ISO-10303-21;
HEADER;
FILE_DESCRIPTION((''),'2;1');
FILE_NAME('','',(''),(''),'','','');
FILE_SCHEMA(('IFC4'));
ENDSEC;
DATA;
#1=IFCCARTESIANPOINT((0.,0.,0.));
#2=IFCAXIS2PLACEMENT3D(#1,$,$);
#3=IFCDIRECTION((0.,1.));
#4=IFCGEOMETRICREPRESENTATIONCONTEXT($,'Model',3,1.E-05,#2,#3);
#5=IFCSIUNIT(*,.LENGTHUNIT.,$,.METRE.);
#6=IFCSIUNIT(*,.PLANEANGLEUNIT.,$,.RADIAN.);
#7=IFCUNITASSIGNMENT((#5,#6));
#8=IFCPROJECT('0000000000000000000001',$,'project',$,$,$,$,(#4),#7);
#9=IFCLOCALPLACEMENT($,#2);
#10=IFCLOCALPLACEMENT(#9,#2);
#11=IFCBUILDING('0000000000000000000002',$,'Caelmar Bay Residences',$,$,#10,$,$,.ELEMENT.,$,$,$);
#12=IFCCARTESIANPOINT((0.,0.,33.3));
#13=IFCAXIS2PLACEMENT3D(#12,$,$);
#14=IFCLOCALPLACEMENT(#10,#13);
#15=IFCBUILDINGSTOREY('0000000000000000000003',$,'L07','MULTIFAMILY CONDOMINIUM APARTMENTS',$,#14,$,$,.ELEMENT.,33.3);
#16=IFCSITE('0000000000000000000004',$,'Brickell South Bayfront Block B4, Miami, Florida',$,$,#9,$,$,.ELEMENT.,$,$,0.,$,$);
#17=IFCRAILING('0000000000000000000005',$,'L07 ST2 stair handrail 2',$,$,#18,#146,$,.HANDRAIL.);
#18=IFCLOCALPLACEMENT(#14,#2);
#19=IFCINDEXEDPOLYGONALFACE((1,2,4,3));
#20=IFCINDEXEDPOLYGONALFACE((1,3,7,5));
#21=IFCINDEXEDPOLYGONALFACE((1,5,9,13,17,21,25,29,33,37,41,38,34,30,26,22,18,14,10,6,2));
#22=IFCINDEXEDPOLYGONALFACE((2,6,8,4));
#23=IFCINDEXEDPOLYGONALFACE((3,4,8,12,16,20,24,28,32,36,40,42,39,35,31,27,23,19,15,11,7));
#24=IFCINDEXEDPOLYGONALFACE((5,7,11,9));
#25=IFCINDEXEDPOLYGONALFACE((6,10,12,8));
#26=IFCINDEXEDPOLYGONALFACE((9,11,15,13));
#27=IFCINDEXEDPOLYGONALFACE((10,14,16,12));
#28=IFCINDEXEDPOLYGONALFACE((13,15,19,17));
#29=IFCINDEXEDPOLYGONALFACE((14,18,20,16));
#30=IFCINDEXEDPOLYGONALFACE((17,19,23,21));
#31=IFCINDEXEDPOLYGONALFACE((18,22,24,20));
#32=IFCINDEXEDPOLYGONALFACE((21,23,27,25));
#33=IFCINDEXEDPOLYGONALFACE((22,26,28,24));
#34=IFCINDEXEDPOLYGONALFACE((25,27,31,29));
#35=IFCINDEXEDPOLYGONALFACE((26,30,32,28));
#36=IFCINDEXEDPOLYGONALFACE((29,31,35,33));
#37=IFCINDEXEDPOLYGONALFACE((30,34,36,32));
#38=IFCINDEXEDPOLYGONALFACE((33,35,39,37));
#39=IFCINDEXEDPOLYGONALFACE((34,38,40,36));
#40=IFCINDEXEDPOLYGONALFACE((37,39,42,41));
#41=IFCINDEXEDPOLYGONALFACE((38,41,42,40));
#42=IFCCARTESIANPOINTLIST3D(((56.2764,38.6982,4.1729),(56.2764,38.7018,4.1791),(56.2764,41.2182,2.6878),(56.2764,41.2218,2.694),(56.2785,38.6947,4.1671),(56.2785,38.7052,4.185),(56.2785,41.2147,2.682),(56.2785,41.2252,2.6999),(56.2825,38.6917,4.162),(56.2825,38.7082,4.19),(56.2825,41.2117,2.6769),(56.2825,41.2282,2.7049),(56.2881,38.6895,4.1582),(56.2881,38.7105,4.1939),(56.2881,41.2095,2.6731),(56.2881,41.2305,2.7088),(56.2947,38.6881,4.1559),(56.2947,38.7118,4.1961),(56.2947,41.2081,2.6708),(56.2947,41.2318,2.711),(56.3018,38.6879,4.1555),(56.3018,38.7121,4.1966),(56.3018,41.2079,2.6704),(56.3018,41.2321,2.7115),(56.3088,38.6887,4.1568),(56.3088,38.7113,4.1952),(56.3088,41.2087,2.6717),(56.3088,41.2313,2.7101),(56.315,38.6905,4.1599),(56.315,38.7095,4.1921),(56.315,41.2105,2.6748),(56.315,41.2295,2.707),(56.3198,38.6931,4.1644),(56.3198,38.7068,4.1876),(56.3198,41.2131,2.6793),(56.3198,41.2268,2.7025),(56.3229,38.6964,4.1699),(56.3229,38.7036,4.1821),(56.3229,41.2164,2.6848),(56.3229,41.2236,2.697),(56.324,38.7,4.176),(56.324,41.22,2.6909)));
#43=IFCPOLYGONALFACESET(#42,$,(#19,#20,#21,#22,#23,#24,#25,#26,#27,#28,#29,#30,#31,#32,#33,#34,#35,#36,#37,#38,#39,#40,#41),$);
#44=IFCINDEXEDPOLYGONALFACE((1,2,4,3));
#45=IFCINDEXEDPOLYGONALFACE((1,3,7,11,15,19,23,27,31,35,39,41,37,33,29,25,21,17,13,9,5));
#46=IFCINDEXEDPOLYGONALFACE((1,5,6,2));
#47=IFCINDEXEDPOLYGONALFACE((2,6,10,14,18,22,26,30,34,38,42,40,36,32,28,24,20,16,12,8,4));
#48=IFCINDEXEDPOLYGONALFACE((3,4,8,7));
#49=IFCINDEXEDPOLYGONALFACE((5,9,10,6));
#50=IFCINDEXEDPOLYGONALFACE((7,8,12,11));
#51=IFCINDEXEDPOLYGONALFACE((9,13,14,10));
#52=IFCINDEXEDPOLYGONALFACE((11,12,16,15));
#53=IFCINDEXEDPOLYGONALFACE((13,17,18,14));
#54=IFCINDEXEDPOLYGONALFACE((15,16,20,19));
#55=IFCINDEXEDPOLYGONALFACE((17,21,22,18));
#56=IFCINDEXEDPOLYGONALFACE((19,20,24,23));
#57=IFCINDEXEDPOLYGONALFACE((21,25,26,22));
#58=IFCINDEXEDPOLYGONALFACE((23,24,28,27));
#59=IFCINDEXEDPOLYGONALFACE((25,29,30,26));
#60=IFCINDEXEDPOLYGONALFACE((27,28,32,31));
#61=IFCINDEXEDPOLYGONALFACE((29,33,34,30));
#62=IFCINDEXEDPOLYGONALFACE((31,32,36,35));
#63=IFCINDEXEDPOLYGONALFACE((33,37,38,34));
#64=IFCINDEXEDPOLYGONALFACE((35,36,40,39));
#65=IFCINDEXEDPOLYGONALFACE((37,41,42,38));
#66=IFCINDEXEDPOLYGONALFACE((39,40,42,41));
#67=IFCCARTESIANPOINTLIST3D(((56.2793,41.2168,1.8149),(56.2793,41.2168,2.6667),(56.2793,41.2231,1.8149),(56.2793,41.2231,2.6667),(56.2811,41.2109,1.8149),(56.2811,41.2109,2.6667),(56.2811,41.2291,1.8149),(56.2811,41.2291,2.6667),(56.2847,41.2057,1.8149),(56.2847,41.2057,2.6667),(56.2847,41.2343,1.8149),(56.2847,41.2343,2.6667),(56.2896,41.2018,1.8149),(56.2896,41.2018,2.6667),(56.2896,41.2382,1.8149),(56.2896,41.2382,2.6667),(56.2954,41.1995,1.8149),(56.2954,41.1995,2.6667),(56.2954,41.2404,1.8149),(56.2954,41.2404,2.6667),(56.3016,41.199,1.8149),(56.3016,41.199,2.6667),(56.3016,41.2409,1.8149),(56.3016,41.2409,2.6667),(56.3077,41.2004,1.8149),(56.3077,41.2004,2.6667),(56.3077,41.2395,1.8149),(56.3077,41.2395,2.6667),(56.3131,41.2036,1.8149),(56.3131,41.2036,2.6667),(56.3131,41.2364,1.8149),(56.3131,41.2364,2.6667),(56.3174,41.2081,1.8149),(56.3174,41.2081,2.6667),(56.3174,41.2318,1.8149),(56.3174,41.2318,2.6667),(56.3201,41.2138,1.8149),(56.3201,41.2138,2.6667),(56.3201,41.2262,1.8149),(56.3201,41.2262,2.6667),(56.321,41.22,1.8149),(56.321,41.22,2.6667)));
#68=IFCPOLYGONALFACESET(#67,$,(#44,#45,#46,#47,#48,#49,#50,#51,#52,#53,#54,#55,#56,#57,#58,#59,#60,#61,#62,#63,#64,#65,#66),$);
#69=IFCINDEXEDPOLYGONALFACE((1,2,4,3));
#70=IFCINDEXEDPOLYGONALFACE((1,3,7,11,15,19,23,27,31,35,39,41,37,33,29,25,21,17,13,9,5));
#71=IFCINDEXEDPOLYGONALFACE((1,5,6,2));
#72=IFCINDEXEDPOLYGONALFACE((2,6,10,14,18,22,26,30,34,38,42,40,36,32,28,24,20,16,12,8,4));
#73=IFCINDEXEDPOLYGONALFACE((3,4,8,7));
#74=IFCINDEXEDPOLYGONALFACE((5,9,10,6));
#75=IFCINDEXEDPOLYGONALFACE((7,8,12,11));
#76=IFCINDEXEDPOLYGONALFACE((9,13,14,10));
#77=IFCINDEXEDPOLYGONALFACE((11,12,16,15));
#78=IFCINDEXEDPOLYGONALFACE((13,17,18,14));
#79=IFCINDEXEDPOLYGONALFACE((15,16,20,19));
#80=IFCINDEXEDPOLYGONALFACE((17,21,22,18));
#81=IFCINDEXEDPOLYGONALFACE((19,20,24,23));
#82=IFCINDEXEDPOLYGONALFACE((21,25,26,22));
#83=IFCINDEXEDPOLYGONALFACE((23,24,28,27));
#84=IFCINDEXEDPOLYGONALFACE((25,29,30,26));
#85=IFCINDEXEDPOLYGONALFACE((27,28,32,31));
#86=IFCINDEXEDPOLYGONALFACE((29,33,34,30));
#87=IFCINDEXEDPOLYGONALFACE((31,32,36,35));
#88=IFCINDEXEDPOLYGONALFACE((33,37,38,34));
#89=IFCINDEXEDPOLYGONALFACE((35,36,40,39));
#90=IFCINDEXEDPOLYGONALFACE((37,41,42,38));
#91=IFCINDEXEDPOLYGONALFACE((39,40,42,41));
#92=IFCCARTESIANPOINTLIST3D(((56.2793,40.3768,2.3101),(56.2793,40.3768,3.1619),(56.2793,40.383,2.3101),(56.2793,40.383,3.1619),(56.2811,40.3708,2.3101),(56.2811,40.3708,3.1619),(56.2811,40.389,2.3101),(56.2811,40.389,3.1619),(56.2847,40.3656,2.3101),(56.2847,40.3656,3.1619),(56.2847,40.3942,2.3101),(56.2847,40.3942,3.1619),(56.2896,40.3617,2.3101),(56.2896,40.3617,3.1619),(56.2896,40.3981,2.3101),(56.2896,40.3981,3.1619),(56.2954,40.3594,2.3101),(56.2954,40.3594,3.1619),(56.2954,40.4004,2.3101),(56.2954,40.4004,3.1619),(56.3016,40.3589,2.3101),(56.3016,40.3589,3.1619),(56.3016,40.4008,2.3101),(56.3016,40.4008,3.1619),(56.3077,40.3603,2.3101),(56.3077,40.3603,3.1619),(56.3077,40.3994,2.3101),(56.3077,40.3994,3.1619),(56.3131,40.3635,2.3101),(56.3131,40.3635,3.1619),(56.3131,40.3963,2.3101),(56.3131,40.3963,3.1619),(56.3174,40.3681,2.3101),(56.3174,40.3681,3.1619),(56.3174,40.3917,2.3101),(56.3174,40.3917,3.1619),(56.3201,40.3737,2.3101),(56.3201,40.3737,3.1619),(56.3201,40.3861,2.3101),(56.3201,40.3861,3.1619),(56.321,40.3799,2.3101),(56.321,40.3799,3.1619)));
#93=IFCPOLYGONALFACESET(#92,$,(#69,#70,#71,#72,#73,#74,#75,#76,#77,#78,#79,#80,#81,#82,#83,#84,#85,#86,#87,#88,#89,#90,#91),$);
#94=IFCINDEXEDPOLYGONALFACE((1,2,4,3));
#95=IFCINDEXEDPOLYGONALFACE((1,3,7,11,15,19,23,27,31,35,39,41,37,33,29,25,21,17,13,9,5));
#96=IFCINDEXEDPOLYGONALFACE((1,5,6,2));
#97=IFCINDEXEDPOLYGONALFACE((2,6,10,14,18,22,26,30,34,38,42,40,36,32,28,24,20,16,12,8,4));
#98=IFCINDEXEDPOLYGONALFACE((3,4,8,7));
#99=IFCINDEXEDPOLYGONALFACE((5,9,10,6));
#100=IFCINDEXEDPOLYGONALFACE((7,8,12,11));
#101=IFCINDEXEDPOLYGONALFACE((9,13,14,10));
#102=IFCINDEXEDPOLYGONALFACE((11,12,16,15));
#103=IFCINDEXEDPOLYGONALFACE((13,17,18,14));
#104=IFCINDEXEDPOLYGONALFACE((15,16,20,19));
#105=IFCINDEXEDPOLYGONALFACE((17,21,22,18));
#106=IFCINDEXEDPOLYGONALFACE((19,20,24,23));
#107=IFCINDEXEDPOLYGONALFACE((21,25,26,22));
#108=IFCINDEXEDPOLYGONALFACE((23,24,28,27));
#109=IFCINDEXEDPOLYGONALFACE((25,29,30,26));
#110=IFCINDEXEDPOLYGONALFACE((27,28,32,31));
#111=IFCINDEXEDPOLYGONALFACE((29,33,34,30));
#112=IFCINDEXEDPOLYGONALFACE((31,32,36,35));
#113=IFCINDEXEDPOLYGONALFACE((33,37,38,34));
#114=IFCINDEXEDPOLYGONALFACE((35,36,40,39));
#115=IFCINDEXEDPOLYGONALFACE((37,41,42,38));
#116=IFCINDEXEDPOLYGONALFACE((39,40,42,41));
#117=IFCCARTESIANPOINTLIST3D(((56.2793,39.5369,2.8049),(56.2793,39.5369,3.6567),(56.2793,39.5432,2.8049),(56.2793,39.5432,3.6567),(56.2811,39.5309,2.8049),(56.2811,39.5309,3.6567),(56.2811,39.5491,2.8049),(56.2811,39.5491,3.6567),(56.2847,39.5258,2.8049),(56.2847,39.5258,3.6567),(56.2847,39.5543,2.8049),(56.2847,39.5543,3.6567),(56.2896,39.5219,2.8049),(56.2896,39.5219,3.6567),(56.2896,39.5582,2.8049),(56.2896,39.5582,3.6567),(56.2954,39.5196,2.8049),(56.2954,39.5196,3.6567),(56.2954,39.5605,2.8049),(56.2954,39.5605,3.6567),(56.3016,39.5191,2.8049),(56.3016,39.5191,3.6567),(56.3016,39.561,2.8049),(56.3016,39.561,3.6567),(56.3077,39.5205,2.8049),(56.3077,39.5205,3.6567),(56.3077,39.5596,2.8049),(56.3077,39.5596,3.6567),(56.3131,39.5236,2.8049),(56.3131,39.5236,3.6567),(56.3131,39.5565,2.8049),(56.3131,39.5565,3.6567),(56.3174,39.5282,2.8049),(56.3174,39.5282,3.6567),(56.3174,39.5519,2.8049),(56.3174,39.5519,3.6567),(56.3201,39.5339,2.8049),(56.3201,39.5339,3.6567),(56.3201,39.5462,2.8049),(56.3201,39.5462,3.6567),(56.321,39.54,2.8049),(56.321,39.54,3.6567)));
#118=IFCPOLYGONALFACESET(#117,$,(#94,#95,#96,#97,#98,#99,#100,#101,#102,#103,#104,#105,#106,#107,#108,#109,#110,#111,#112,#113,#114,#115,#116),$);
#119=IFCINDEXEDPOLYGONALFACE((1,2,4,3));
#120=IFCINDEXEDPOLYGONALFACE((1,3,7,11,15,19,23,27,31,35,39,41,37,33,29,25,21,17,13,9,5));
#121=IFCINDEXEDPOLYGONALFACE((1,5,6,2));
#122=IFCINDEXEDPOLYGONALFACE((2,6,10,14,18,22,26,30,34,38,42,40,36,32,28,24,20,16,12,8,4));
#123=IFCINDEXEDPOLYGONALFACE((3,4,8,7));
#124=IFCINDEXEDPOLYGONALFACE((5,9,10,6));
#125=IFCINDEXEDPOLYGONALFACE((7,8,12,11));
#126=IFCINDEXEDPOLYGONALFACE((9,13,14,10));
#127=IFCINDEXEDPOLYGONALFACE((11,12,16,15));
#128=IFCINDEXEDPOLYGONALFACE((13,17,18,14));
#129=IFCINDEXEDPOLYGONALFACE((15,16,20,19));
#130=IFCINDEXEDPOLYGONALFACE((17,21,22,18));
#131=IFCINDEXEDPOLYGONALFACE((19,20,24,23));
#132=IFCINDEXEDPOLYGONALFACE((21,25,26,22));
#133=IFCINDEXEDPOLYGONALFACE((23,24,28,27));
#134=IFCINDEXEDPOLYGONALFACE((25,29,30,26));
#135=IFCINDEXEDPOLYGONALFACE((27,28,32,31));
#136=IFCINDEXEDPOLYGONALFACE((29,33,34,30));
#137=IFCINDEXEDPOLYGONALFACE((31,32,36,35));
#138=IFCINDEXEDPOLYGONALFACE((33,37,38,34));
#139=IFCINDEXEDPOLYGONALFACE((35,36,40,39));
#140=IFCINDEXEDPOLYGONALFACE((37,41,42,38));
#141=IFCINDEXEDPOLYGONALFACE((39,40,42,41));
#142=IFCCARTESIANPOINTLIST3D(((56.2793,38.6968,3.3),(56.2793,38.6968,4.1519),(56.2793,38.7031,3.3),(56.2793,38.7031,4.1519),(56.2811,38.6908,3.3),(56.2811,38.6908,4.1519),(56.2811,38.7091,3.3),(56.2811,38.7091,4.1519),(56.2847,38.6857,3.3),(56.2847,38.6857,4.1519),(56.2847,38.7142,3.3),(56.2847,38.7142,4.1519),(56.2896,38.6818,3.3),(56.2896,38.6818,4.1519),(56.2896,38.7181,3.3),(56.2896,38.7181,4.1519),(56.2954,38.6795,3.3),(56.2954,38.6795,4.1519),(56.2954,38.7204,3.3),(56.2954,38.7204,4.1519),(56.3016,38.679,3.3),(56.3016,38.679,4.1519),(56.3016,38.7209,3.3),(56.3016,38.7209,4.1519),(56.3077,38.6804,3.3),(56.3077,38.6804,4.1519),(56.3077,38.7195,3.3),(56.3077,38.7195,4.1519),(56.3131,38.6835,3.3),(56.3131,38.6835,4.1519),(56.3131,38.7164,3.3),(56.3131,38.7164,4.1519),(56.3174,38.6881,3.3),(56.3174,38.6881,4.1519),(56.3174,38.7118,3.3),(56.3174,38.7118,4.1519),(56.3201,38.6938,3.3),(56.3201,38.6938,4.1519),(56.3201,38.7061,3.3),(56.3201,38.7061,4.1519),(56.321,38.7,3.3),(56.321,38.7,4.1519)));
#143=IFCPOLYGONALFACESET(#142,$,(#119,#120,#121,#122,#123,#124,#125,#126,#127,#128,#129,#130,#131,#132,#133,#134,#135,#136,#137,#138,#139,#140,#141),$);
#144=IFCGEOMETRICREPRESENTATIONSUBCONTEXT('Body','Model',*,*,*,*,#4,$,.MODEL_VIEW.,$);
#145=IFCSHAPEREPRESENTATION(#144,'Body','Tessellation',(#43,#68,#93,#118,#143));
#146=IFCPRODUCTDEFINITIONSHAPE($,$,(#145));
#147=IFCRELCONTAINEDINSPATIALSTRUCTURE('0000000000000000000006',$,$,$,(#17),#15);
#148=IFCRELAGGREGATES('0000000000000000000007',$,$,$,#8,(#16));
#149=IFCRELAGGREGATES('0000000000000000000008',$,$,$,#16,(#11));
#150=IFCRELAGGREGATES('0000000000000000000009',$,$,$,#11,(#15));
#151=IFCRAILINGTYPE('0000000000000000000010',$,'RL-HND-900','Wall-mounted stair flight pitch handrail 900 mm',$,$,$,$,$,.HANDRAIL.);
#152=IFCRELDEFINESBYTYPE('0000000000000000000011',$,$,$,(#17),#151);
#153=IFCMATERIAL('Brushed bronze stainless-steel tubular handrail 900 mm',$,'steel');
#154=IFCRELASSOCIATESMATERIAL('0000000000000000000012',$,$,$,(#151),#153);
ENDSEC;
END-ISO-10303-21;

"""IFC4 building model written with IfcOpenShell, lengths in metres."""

from ifc_helpers import new_model, si_unit, direction, frame, origin, origin_2d, place, context, subcontext, project, spatial, circle, extrude, material, type_object, element, save


model = new_model("IFC4")

# Units and contexts
model_context = context("Model", 3, precision=1e-05, world=origin(), true_north=direction((0.0, 1.0)))
body_context = subcontext(model_context, "Body", "Model", "MODEL_VIEW")
ifc_project = project(units=[si_unit("LENGTHUNIT", "METRE"), si_unit("PLANEANGLEUNIT", "RADIAN")], contexts=[model_context])

# Site, building, storey
site_placement = place(None, origin())
site = spatial("IfcSite", under=ifc_project, at=site_placement, Name="Brickell South Bayfront Block B4, Miami, Florida", CompositionType="ELEMENT", RefElevation=0.0)
building_placement = place(site_placement, origin())
building = spatial("IfcBuilding", under=site, at=building_placement, Name="Caelmar Bay Residences", CompositionType="ELEMENT")
storey_placement = place(building_placement, frame((0.0, 0.0, 33.3)))
storey = spatial("IfcBuildingStorey", under=building, at=storey_placement, Name="L07", Description="MULTIFAMILY CONDOMINIUM APARTMENTS", CompositionType="ELEMENT", Elevation=33.3)

# Railing
ifc_material_1 = material(Name="Brushed bronze stainless-steel tubular handrail 900 mm", Category="steel")
railing_type_1 = type_object("IfcRailingType", Name="RL-HND-900", Description="Wall-mounted stair flight pitch handrail 900 mm", PredefinedType="HANDRAIL", material=ifc_material_1)
railing_1_placement = place(storey_placement, frame((56.3, 41.22, 1.8149)))
element("IfcRailing", 1, at=railing_1_placement, inside=storey, type_object=railing_type_1, Name="L07 ST2 stair handrail 2", PredefinedType="HANDRAIL", context=body_context, shape_type="SweptSolid", body=[
    extrude(circle(Radius=0.0239, at=origin_2d()), frame((0.0, 0.0, 0.876), z_axis=(0.0, -0.861524, 0.507717), x_axis=(1.0, 0.0, 0.0)), (0.0, 0.0, 1.0), 2.925),
    extrude(circle(Radius=0.021, at=origin_2d()), origin(), (0.0, 0.0, 1.0), 0.8518),
    extrude(circle(Radius=0.021, at=origin_2d()), frame((0.0, -0.8401, 0.4951)), (0.0, 0.0, 1.0), 0.8518),
    extrude(circle(Radius=0.021, at=origin_2d()), frame((0.0, -1.6799, 0.99)), (0.0, 0.0, 1.0), 0.8518),
    extrude(circle(Radius=0.021, at=origin_2d()), frame((0.0, -2.52, 1.4851)), (0.0, 0.0, 1.0), 0.8518),
])

save(model, "model.ifc")
